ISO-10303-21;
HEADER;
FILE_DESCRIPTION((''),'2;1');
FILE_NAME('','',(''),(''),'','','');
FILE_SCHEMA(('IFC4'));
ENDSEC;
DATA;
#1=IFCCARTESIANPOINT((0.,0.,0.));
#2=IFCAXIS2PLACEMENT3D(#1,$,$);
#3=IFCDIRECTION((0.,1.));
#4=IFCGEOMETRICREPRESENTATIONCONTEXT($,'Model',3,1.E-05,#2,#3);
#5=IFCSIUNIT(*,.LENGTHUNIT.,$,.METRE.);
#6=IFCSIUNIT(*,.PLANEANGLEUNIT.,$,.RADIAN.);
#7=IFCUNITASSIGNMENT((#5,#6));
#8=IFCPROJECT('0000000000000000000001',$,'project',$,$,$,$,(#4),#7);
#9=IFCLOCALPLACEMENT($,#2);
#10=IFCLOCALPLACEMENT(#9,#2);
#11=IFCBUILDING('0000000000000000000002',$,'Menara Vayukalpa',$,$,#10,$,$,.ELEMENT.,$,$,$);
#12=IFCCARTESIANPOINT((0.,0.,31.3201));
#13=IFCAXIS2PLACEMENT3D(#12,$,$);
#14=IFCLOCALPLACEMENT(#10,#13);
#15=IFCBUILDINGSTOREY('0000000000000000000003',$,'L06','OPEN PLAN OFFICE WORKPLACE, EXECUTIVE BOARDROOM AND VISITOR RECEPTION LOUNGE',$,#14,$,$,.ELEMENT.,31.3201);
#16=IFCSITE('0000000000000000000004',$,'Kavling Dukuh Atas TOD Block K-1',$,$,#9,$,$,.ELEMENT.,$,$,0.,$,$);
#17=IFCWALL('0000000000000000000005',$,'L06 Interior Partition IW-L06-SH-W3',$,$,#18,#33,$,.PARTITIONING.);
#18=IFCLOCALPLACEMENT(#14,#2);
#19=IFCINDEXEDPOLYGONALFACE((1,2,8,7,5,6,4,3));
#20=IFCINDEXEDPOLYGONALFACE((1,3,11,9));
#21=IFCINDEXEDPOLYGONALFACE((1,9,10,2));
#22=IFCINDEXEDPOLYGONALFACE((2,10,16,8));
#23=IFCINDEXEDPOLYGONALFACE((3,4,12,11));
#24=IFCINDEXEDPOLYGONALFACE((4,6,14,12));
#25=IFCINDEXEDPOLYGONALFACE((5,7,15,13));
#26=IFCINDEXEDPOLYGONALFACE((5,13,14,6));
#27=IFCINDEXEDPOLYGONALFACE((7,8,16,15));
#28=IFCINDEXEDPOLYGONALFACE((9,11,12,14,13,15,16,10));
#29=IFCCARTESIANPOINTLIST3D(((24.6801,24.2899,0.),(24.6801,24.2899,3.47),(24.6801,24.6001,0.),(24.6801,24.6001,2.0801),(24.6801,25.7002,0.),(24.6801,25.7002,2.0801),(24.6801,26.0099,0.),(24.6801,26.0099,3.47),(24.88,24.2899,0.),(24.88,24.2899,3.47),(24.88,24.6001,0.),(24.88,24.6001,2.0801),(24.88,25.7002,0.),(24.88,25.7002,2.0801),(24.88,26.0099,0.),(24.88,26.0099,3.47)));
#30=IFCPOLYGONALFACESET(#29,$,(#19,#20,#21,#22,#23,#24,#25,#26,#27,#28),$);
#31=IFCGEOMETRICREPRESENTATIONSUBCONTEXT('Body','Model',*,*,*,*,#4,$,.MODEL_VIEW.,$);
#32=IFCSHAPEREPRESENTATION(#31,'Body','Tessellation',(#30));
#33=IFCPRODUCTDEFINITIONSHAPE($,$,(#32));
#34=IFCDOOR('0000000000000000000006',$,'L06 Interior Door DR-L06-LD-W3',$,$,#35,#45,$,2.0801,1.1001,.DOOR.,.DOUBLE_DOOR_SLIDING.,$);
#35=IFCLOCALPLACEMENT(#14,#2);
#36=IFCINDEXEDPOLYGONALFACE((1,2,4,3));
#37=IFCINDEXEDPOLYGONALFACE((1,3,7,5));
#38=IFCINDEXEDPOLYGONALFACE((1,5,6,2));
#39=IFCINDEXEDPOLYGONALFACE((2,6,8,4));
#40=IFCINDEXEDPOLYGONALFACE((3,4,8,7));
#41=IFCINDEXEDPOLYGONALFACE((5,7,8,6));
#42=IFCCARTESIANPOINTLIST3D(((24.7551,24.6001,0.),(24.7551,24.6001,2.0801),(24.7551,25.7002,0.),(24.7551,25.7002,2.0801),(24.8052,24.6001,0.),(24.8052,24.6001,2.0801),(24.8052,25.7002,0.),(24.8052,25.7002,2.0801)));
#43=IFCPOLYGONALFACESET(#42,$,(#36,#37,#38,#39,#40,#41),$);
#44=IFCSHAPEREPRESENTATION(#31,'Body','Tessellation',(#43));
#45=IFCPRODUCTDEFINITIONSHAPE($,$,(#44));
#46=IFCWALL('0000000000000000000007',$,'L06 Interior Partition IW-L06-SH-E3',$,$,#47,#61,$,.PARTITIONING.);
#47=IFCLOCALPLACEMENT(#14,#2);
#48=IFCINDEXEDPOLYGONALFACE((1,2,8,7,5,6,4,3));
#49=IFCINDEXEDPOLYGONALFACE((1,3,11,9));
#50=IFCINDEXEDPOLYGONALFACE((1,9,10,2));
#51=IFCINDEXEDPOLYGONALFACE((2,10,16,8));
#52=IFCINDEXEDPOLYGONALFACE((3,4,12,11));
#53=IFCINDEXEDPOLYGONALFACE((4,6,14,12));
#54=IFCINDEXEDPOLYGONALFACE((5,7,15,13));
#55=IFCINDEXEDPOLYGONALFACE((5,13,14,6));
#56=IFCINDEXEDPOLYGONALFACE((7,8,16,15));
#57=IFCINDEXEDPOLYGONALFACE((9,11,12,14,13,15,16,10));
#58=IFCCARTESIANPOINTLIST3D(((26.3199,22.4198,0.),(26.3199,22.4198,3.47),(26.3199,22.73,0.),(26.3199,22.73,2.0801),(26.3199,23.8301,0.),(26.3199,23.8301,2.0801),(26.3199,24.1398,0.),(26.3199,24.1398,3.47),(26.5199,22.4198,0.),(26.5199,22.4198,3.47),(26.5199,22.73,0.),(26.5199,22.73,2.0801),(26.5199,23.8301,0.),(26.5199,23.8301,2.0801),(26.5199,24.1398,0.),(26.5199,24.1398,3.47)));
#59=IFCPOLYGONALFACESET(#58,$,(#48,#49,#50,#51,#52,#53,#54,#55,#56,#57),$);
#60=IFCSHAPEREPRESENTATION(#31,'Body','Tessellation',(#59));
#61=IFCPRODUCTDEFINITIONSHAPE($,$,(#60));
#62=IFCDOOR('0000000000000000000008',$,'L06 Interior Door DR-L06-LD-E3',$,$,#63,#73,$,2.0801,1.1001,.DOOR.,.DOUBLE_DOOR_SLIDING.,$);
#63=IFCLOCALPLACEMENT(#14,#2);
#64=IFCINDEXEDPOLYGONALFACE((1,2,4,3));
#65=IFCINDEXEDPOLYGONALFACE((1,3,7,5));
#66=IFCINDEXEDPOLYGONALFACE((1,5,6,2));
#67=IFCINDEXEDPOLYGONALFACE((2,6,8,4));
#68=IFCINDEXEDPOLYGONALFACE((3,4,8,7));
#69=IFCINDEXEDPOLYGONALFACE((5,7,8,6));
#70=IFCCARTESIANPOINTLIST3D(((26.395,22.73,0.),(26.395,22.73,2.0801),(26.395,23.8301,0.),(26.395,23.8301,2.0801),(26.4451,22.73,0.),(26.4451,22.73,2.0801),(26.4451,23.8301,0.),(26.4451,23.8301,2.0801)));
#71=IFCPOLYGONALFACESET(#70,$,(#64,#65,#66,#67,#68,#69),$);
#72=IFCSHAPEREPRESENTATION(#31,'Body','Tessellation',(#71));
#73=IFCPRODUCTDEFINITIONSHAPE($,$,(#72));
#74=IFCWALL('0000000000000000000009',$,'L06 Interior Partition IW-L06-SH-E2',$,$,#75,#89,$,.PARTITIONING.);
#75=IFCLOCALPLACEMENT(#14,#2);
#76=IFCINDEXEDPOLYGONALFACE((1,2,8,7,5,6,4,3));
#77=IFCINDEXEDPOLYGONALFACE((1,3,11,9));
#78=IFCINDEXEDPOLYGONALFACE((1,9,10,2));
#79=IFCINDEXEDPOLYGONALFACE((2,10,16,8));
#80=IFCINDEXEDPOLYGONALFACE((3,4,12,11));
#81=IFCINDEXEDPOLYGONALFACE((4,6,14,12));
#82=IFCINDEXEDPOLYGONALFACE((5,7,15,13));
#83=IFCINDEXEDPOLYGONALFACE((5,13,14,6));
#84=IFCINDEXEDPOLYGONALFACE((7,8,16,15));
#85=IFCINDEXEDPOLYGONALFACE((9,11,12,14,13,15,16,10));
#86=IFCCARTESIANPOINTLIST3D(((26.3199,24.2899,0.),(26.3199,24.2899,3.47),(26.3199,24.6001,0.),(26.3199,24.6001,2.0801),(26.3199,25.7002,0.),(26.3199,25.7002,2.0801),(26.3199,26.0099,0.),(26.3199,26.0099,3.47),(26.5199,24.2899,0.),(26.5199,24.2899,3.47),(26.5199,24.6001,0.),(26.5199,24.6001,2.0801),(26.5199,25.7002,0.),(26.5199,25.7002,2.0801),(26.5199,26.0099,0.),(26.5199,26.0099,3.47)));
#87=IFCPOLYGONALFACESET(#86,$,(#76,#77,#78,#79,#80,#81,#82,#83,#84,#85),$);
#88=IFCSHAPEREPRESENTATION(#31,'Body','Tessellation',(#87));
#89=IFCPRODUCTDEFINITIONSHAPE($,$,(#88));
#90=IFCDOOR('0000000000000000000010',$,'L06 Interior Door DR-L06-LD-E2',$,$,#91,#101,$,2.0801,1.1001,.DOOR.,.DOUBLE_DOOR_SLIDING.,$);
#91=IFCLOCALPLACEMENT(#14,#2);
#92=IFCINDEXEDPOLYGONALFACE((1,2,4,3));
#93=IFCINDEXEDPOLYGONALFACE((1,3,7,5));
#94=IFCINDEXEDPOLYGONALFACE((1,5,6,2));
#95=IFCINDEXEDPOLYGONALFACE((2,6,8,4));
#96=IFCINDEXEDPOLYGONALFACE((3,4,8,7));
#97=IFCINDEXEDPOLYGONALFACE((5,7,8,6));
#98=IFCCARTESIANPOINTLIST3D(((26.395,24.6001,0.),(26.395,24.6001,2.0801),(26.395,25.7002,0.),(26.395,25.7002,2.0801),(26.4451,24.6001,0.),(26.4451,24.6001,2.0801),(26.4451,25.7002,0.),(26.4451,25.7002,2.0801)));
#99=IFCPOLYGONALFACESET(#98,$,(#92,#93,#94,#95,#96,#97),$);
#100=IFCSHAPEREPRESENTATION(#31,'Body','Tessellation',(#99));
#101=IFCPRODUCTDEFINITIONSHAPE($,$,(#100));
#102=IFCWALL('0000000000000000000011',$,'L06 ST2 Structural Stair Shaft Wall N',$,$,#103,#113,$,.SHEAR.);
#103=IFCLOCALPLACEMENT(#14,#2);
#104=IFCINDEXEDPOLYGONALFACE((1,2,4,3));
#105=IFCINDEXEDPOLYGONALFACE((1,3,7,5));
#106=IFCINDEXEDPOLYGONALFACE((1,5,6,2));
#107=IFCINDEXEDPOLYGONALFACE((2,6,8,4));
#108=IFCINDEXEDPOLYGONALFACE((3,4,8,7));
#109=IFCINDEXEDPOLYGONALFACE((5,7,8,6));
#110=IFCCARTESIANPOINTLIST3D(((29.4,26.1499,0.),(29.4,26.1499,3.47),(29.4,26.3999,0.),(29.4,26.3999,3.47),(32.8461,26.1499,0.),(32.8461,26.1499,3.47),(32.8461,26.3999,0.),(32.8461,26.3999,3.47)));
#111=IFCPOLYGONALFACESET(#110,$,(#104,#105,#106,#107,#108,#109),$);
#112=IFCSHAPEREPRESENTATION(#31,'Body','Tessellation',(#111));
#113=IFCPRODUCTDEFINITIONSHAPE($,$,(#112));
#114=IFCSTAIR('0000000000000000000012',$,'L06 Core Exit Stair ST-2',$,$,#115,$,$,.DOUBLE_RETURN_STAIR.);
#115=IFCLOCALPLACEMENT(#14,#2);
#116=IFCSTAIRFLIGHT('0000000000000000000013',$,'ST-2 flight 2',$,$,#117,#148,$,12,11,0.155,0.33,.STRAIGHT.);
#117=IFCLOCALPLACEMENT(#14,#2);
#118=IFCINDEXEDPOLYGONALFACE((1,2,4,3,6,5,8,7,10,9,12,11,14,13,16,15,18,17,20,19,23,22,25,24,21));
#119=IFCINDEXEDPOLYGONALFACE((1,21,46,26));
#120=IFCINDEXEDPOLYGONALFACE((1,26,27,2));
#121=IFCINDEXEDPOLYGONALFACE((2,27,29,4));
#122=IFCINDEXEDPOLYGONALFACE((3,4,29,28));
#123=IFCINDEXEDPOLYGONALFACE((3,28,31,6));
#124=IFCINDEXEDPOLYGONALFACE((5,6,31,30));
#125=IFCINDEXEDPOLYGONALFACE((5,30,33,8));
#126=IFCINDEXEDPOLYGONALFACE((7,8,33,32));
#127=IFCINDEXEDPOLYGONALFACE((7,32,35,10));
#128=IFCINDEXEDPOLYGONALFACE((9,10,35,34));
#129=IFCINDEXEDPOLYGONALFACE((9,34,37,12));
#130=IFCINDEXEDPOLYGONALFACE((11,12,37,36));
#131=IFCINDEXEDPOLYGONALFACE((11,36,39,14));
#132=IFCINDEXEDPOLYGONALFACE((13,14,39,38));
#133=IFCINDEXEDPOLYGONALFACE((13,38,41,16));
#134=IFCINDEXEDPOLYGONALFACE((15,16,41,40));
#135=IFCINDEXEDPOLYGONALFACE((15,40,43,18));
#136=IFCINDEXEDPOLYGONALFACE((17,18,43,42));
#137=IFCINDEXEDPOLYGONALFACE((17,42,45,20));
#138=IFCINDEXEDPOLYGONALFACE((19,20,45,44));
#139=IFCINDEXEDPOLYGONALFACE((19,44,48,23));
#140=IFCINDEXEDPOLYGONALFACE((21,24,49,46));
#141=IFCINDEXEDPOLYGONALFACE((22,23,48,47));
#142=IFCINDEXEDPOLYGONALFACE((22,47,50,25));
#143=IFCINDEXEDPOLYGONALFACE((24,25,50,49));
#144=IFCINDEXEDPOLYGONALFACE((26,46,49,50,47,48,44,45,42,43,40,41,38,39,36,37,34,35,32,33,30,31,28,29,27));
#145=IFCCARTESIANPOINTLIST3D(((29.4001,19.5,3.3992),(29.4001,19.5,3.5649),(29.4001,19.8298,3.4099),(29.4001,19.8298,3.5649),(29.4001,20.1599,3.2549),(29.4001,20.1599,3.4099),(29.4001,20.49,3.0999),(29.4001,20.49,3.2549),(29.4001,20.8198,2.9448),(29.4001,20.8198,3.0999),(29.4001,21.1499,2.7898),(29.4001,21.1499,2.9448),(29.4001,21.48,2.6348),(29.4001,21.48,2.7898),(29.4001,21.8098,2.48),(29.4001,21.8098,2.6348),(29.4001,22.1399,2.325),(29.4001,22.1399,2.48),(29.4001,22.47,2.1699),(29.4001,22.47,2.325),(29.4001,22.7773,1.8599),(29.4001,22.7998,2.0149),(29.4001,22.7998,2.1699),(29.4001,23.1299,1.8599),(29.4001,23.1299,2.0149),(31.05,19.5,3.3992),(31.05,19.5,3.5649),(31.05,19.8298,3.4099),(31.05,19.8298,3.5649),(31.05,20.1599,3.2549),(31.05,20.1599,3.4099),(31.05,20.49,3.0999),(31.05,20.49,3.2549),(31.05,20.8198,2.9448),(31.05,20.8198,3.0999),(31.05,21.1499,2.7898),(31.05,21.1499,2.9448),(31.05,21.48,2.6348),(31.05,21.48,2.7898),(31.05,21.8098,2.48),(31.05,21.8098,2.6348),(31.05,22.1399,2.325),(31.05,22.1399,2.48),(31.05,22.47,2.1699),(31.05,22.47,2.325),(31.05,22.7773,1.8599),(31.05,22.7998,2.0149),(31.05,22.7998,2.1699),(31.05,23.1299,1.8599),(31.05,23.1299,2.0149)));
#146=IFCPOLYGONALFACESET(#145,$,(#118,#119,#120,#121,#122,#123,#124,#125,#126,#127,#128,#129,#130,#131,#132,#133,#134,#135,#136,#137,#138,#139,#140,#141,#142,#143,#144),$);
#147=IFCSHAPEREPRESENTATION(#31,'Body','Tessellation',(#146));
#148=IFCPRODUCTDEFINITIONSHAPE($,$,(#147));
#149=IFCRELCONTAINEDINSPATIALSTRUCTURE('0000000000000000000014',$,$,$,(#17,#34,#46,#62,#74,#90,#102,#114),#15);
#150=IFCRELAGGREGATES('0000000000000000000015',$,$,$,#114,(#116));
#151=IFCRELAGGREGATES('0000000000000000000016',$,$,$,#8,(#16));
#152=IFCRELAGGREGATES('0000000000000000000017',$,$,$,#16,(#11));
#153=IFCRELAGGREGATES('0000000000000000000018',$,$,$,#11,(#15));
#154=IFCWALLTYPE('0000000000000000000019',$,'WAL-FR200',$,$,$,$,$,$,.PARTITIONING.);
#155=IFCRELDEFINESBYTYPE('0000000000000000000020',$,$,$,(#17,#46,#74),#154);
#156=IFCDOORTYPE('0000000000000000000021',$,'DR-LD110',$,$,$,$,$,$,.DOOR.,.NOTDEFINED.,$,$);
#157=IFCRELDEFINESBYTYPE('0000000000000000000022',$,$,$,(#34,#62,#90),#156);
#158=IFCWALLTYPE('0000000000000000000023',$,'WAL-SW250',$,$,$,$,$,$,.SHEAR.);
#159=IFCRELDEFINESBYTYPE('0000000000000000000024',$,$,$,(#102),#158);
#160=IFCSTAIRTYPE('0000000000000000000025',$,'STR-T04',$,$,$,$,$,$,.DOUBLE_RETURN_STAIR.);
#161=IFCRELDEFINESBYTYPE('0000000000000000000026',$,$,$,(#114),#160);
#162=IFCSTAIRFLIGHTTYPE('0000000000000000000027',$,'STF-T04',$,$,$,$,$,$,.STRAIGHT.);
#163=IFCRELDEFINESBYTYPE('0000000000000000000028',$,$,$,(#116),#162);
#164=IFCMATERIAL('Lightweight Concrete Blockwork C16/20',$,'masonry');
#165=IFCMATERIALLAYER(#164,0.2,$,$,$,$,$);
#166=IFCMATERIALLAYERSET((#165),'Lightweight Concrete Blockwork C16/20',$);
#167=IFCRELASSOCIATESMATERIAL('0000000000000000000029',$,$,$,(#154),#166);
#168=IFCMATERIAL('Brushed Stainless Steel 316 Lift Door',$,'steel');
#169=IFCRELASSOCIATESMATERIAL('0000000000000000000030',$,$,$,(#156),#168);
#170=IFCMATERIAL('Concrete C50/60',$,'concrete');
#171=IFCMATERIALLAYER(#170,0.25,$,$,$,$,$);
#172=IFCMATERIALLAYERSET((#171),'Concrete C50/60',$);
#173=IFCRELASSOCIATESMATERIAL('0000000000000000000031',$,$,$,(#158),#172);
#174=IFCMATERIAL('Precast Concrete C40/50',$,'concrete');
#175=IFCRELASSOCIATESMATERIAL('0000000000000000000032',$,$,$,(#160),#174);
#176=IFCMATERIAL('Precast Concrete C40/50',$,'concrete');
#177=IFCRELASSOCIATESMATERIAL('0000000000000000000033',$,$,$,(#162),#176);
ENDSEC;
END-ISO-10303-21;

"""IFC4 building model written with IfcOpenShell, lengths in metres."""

from ifc_helpers import new_model, si_unit, direction, frame, frame_2d, origin, place, context, subcontext, project, spatial, polyline, rectangle, outline, extrude, material, layer, layer_set, type_object, element, fill, aggregate, save


model = new_model("IFC4")

# Units and contexts
model_context = context("Model", 3, precision=1e-05, world=origin(), true_north=direction((0.0, 1.0)))
body_context = subcontext(model_context, "Body", "Model", "MODEL_VIEW")
ifc_project = project(units=[si_unit("LENGTHUNIT", "METRE"), si_unit("PLANEANGLEUNIT", "RADIAN")], contexts=[model_context])

# Site, building, storey
site_placement = place(None, origin())
site = spatial("IfcSite", under=ifc_project, at=site_placement, Name="Kavling Dukuh Atas TOD Block K-1", CompositionType="ELEMENT", RefElevation=0.0)
building_placement = place(site_placement, origin())
building = spatial("IfcBuilding", under=site, at=building_placement, Name="Menara Vayukalpa", CompositionType="ELEMENT")
storey_placement = place(building_placement, frame((0.0, 0.0, 31.3201)))
storey = spatial("IfcBuildingStorey", under=building, at=storey_placement, Name="L06", Description="OPEN PLAN OFFICE WORKPLACE, EXECUTIVE BOARDROOM AND VISITOR RECEPTION LOUNGE", CompositionType="ELEMENT", Elevation=31.3201)

# Walls, openings, doors
ifc_material_1 = material(Name="Lightweight Concrete Blockwork C16/20", Category="masonry")
ifc_layer_1 = layer(ifc_material_1, 0.2)
ifc_layer_set_1 = layer_set([ifc_layer_1], Name="Lightweight Concrete Blockwork C16/20")
wall_type_1 = type_object("IfcWallType", Name="WAL-FR200", PredefinedType="PARTITIONING", material=ifc_layer_set_1)
ifc_material_2 = material(Name="Brushed Stainless Steel 316 Lift Door", Category="steel")
door_type = type_object("IfcDoorType", Name="DR-LD110", OperationType="NOTDEFINED", PredefinedType="DOOR", material=ifc_material_2)
wall_1_placement = place(storey_placement, frame((24.78, 24.29, 0.0), z_axis=(0.0, 0.0, 1.0), x_axis=(0.0, 1.0, 0.0)))
wall_1 = element("IfcWall", 1, at=wall_1_placement, inside=storey, type_object=wall_type_1, Name="L06 Interior Partition IW-L06-SH-W3", PredefinedType="PARTITIONING", context=body_context, shape_type="SweptSolid", body=[
    extrude(rectangle(XDim=1.72, YDim=0.2, at=frame_2d((0.8599, 0.0))), origin(), (0.0, 0.0, 1.0), 3.47),
])
opening_1_placement = place(wall_1_placement, frame((0.3101, 0.0, 0.0)))
opening_1 = element("IfcOpeningElement", 2, at=opening_1_placement, cuts=wall_1, PredefinedType="OPENING", context=body_context, shape_type="SweptSolid", body=[
    extrude(rectangle(XDim=1.1001, YDim=2.0801, at=frame_2d((0.55, 1.04))), frame((0.0, 0.1099, 0.0), z_axis=(0.0, -1.0, 0.0), x_axis=(1.0, 0.0, 0.0)), (0.0, 0.0, 1.0), 0.22),
])
door_1_placement = place(opening_1_placement, origin())
door_1 = element("IfcDoor", 3, at=door_1_placement, inside=storey, type_object=door_type, Name="L06 Interior Door DR-L06-LD-W3", OperationType="DOUBLE_DOOR_SLIDING", OverallHeight=2.0801, OverallWidth=1.1001, PredefinedType="DOOR", context=body_context, shape_type="SweptSolid", body=[
    extrude(rectangle(XDim=1.1001, YDim=2.0801, at=frame_2d((0.55, 1.04))), frame((0.0, 0.0249, 0.0), z_axis=(0.0, -1.0, 0.0), x_axis=(1.0, 0.0, 0.0)), (0.0, 0.0, 1.0), 0.05),
])
fill(opening_1, door_1)
wall_2_placement = place(storey_placement, frame((26.4199, 22.4199, 0.0), z_axis=(0.0, 0.0, 1.0), x_axis=(0.0, 1.0, 0.0)))
wall_2 = element("IfcWall", 4, at=wall_2_placement, inside=storey, type_object=wall_type_1, Name="L06 Interior Partition IW-L06-SH-E3", PredefinedType="PARTITIONING", context=body_context, shape_type="SweptSolid", body=[
    extrude(rectangle(XDim=1.72, YDim=0.2, at=frame_2d((0.8599, 0.0))), origin(), (0.0, 0.0, 1.0), 3.47),
])
opening_2_placement = place(wall_2_placement, frame((0.3101, 0.0, 0.0)))
opening_2 = element("IfcOpeningElement", 5, at=opening_2_placement, cuts=wall_2, PredefinedType="OPENING", context=body_context, shape_type="SweptSolid", body=[
    extrude(rectangle(XDim=1.1001, YDim=2.0801, at=frame_2d((0.55, 1.04))), frame((0.0, 0.1099, 0.0), z_axis=(0.0, -1.0, 0.0), x_axis=(1.0, 0.0, 0.0)), (0.0, 0.0, 1.0), 0.22),
])
door_2_placement = place(opening_2_placement, origin())
door_2 = element("IfcDoor", 6, at=door_2_placement, inside=storey, type_object=door_type, Name="L06 Interior Door DR-L06-LD-E3", OperationType="DOUBLE_DOOR_SLIDING", OverallHeight=2.0801, OverallWidth=1.1001, PredefinedType="DOOR", context=body_context, shape_type="SweptSolid", body=[
    extrude(rectangle(XDim=1.1001, YDim=2.0801, at=frame_2d((0.55, 1.04))), frame((0.0, 0.0249, 0.0), z_axis=(0.0, -1.0, 0.0), x_axis=(1.0, 0.0, 0.0)), (0.0, 0.0, 1.0), 0.05),
])
fill(opening_2, door_2)
wall_3_placement = place(storey_placement, frame((26.4199, 24.29, 0.0), z_axis=(0.0, 0.0, 1.0), x_axis=(0.0, 1.0, 0.0)))
wall_3 = element("IfcWall", 7, at=wall_3_placement, inside=storey, type_object=wall_type_1, Name="L06 Interior Partition IW-L06-SH-E2", PredefinedType="PARTITIONING", context=body_context, shape_type="SweptSolid", body=[
    extrude(rectangle(XDim=1.72, YDim=0.2, at=frame_2d((0.8599, 0.0))), origin(), (0.0, 0.0, 1.0), 3.47),
])
opening_3_placement = place(wall_3_placement, frame((0.3101, 0.0, 0.0)))
opening_3 = element("IfcOpeningElement", 8, at=opening_3_placement, cuts=wall_3, PredefinedType="OPENING", context=body_context, shape_type="SweptSolid", body=[
    extrude(rectangle(XDim=1.1001, YDim=2.0801, at=frame_2d((0.55, 1.04))), frame((0.0, 0.1099, 0.0), z_axis=(0.0, -1.0, 0.0), x_axis=(1.0, 0.0, 0.0)), (0.0, 0.0, 1.0), 0.22),
])
door_3_placement = place(opening_3_placement, origin())
door_3 = element("IfcDoor", 9, at=door_3_placement, inside=storey, type_object=door_type, Name="L06 Interior Door DR-L06-LD-E2", OperationType="DOUBLE_DOOR_SLIDING", OverallHeight=2.0801, OverallWidth=1.1001, PredefinedType="DOOR", context=body_context, shape_type="SweptSolid", body=[
    extrude(rectangle(XDim=1.1001, YDim=2.0801, at=frame_2d((0.55, 1.04))), frame((0.0, 0.0249, 0.0), z_axis=(0.0, -1.0, 0.0), x_axis=(1.0, 0.0, 0.0)), (0.0, 0.0, 1.0), 0.05),
])
fill(opening_3, door_3)

# Wall
ifc_material_3 = material(Name="Concrete C50/60", Category="concrete")
ifc_layer_2 = layer(ifc_material_3, 0.25)
ifc_layer_set_2 = layer_set([ifc_layer_2], Name="Concrete C50/60")
wall_type_2 = type_object("IfcWallType", Name="WAL-SW250", PredefinedType="SHEAR", material=ifc_layer_set_2)
wall_4_placement = place(storey_placement, frame((29.3999, 26.2749, 0.0), z_axis=(0.0, 0.0, 1.0), x_axis=(1.0, 0.0, 0.0)))
element("IfcWall", 10, at=wall_4_placement, inside=storey, type_object=wall_type_2, Name="L06 ST2 Structural Stair Shaft Wall N", PredefinedType="SHEAR", context=body_context, shape_type="SweptSolid", body=[
    extrude(rectangle(XDim=3.446, YDim=0.25, at=frame_2d((1.7231, 0.0))), origin(), (0.0, 0.0, 1.0), 3.47),
])

# Stair, stair flight
ifc_material_4 = material(Name="Precast Concrete C40/50", Category="concrete")
stair_type = type_object("IfcStairType", Name="STR-T04", PredefinedType="DOUBLE_RETURN_STAIR", material=ifc_material_4)
stair_placement = place(storey_placement, origin())
stair = element("IfcStair", 11, at=stair_placement, inside=storey, type_object=stair_type, Name="L06 Core Exit Stair ST-2", PredefinedType="DOUBLE_RETURN_STAIR")
ifc_material_5 = material(Name="Precast Concrete C40/50", Category="concrete")
stair_flight_type = type_object("IfcStairFlightType", Name="STF-T04", PredefinedType="STRAIGHT", material=ifc_material_5)
stair_flight_placement = place(storey_placement, frame((30.2251, 23.1299, 1.8599), z_axis=(0.0, 0.0, 1.0), x_axis=(0.0, -1.0, 0.0)))
stair_flight = element("IfcStairFlight", 12, at=stair_flight_placement, type_object=stair_flight_type, Name="ST-2 flight 2", NumberOfRisers=12, NumberOfTreads=11, PredefinedType="STRAIGHT", RiserHeight=0.155, TreadLength=0.33, context=body_context, shape_type="SweptSolid", body=[
    extrude(outline(polyline([(0.0, 0.0), (0.0, 0.155), (0.3301, 0.155), (0.3301, 0.3101), (0.6599, 0.3101), (0.6599, 0.4651), (0.99, 0.4651), (0.99, 0.6201), (1.3201, 0.6201), (1.3201, 0.7749), (1.6499, 0.7749), (1.6499, 0.9299), (1.98, 0.9299), (1.98, 1.085), (2.3101, 1.085), (2.3101, 1.24), (2.6399, 1.24), (2.6399, 1.395), (2.97, 1.395), (2.97, 1.55), (3.3, 1.55), (3.3, 1.7051), (3.6299, 1.7051), (3.6299, 1.8601), (3.6299, 1.5393), (0.3525, 0.0), (0.0, 0.0)])), frame((0.0, 0.825, 0.0), z_axis=(0.0, -1.0, 0.0), x_axis=(1.0, 0.0, 0.0)), (0.0, 0.0, 1.0), 1.6499),
])
aggregate(stair, [stair_flight])

save(model, "model.ifc")
